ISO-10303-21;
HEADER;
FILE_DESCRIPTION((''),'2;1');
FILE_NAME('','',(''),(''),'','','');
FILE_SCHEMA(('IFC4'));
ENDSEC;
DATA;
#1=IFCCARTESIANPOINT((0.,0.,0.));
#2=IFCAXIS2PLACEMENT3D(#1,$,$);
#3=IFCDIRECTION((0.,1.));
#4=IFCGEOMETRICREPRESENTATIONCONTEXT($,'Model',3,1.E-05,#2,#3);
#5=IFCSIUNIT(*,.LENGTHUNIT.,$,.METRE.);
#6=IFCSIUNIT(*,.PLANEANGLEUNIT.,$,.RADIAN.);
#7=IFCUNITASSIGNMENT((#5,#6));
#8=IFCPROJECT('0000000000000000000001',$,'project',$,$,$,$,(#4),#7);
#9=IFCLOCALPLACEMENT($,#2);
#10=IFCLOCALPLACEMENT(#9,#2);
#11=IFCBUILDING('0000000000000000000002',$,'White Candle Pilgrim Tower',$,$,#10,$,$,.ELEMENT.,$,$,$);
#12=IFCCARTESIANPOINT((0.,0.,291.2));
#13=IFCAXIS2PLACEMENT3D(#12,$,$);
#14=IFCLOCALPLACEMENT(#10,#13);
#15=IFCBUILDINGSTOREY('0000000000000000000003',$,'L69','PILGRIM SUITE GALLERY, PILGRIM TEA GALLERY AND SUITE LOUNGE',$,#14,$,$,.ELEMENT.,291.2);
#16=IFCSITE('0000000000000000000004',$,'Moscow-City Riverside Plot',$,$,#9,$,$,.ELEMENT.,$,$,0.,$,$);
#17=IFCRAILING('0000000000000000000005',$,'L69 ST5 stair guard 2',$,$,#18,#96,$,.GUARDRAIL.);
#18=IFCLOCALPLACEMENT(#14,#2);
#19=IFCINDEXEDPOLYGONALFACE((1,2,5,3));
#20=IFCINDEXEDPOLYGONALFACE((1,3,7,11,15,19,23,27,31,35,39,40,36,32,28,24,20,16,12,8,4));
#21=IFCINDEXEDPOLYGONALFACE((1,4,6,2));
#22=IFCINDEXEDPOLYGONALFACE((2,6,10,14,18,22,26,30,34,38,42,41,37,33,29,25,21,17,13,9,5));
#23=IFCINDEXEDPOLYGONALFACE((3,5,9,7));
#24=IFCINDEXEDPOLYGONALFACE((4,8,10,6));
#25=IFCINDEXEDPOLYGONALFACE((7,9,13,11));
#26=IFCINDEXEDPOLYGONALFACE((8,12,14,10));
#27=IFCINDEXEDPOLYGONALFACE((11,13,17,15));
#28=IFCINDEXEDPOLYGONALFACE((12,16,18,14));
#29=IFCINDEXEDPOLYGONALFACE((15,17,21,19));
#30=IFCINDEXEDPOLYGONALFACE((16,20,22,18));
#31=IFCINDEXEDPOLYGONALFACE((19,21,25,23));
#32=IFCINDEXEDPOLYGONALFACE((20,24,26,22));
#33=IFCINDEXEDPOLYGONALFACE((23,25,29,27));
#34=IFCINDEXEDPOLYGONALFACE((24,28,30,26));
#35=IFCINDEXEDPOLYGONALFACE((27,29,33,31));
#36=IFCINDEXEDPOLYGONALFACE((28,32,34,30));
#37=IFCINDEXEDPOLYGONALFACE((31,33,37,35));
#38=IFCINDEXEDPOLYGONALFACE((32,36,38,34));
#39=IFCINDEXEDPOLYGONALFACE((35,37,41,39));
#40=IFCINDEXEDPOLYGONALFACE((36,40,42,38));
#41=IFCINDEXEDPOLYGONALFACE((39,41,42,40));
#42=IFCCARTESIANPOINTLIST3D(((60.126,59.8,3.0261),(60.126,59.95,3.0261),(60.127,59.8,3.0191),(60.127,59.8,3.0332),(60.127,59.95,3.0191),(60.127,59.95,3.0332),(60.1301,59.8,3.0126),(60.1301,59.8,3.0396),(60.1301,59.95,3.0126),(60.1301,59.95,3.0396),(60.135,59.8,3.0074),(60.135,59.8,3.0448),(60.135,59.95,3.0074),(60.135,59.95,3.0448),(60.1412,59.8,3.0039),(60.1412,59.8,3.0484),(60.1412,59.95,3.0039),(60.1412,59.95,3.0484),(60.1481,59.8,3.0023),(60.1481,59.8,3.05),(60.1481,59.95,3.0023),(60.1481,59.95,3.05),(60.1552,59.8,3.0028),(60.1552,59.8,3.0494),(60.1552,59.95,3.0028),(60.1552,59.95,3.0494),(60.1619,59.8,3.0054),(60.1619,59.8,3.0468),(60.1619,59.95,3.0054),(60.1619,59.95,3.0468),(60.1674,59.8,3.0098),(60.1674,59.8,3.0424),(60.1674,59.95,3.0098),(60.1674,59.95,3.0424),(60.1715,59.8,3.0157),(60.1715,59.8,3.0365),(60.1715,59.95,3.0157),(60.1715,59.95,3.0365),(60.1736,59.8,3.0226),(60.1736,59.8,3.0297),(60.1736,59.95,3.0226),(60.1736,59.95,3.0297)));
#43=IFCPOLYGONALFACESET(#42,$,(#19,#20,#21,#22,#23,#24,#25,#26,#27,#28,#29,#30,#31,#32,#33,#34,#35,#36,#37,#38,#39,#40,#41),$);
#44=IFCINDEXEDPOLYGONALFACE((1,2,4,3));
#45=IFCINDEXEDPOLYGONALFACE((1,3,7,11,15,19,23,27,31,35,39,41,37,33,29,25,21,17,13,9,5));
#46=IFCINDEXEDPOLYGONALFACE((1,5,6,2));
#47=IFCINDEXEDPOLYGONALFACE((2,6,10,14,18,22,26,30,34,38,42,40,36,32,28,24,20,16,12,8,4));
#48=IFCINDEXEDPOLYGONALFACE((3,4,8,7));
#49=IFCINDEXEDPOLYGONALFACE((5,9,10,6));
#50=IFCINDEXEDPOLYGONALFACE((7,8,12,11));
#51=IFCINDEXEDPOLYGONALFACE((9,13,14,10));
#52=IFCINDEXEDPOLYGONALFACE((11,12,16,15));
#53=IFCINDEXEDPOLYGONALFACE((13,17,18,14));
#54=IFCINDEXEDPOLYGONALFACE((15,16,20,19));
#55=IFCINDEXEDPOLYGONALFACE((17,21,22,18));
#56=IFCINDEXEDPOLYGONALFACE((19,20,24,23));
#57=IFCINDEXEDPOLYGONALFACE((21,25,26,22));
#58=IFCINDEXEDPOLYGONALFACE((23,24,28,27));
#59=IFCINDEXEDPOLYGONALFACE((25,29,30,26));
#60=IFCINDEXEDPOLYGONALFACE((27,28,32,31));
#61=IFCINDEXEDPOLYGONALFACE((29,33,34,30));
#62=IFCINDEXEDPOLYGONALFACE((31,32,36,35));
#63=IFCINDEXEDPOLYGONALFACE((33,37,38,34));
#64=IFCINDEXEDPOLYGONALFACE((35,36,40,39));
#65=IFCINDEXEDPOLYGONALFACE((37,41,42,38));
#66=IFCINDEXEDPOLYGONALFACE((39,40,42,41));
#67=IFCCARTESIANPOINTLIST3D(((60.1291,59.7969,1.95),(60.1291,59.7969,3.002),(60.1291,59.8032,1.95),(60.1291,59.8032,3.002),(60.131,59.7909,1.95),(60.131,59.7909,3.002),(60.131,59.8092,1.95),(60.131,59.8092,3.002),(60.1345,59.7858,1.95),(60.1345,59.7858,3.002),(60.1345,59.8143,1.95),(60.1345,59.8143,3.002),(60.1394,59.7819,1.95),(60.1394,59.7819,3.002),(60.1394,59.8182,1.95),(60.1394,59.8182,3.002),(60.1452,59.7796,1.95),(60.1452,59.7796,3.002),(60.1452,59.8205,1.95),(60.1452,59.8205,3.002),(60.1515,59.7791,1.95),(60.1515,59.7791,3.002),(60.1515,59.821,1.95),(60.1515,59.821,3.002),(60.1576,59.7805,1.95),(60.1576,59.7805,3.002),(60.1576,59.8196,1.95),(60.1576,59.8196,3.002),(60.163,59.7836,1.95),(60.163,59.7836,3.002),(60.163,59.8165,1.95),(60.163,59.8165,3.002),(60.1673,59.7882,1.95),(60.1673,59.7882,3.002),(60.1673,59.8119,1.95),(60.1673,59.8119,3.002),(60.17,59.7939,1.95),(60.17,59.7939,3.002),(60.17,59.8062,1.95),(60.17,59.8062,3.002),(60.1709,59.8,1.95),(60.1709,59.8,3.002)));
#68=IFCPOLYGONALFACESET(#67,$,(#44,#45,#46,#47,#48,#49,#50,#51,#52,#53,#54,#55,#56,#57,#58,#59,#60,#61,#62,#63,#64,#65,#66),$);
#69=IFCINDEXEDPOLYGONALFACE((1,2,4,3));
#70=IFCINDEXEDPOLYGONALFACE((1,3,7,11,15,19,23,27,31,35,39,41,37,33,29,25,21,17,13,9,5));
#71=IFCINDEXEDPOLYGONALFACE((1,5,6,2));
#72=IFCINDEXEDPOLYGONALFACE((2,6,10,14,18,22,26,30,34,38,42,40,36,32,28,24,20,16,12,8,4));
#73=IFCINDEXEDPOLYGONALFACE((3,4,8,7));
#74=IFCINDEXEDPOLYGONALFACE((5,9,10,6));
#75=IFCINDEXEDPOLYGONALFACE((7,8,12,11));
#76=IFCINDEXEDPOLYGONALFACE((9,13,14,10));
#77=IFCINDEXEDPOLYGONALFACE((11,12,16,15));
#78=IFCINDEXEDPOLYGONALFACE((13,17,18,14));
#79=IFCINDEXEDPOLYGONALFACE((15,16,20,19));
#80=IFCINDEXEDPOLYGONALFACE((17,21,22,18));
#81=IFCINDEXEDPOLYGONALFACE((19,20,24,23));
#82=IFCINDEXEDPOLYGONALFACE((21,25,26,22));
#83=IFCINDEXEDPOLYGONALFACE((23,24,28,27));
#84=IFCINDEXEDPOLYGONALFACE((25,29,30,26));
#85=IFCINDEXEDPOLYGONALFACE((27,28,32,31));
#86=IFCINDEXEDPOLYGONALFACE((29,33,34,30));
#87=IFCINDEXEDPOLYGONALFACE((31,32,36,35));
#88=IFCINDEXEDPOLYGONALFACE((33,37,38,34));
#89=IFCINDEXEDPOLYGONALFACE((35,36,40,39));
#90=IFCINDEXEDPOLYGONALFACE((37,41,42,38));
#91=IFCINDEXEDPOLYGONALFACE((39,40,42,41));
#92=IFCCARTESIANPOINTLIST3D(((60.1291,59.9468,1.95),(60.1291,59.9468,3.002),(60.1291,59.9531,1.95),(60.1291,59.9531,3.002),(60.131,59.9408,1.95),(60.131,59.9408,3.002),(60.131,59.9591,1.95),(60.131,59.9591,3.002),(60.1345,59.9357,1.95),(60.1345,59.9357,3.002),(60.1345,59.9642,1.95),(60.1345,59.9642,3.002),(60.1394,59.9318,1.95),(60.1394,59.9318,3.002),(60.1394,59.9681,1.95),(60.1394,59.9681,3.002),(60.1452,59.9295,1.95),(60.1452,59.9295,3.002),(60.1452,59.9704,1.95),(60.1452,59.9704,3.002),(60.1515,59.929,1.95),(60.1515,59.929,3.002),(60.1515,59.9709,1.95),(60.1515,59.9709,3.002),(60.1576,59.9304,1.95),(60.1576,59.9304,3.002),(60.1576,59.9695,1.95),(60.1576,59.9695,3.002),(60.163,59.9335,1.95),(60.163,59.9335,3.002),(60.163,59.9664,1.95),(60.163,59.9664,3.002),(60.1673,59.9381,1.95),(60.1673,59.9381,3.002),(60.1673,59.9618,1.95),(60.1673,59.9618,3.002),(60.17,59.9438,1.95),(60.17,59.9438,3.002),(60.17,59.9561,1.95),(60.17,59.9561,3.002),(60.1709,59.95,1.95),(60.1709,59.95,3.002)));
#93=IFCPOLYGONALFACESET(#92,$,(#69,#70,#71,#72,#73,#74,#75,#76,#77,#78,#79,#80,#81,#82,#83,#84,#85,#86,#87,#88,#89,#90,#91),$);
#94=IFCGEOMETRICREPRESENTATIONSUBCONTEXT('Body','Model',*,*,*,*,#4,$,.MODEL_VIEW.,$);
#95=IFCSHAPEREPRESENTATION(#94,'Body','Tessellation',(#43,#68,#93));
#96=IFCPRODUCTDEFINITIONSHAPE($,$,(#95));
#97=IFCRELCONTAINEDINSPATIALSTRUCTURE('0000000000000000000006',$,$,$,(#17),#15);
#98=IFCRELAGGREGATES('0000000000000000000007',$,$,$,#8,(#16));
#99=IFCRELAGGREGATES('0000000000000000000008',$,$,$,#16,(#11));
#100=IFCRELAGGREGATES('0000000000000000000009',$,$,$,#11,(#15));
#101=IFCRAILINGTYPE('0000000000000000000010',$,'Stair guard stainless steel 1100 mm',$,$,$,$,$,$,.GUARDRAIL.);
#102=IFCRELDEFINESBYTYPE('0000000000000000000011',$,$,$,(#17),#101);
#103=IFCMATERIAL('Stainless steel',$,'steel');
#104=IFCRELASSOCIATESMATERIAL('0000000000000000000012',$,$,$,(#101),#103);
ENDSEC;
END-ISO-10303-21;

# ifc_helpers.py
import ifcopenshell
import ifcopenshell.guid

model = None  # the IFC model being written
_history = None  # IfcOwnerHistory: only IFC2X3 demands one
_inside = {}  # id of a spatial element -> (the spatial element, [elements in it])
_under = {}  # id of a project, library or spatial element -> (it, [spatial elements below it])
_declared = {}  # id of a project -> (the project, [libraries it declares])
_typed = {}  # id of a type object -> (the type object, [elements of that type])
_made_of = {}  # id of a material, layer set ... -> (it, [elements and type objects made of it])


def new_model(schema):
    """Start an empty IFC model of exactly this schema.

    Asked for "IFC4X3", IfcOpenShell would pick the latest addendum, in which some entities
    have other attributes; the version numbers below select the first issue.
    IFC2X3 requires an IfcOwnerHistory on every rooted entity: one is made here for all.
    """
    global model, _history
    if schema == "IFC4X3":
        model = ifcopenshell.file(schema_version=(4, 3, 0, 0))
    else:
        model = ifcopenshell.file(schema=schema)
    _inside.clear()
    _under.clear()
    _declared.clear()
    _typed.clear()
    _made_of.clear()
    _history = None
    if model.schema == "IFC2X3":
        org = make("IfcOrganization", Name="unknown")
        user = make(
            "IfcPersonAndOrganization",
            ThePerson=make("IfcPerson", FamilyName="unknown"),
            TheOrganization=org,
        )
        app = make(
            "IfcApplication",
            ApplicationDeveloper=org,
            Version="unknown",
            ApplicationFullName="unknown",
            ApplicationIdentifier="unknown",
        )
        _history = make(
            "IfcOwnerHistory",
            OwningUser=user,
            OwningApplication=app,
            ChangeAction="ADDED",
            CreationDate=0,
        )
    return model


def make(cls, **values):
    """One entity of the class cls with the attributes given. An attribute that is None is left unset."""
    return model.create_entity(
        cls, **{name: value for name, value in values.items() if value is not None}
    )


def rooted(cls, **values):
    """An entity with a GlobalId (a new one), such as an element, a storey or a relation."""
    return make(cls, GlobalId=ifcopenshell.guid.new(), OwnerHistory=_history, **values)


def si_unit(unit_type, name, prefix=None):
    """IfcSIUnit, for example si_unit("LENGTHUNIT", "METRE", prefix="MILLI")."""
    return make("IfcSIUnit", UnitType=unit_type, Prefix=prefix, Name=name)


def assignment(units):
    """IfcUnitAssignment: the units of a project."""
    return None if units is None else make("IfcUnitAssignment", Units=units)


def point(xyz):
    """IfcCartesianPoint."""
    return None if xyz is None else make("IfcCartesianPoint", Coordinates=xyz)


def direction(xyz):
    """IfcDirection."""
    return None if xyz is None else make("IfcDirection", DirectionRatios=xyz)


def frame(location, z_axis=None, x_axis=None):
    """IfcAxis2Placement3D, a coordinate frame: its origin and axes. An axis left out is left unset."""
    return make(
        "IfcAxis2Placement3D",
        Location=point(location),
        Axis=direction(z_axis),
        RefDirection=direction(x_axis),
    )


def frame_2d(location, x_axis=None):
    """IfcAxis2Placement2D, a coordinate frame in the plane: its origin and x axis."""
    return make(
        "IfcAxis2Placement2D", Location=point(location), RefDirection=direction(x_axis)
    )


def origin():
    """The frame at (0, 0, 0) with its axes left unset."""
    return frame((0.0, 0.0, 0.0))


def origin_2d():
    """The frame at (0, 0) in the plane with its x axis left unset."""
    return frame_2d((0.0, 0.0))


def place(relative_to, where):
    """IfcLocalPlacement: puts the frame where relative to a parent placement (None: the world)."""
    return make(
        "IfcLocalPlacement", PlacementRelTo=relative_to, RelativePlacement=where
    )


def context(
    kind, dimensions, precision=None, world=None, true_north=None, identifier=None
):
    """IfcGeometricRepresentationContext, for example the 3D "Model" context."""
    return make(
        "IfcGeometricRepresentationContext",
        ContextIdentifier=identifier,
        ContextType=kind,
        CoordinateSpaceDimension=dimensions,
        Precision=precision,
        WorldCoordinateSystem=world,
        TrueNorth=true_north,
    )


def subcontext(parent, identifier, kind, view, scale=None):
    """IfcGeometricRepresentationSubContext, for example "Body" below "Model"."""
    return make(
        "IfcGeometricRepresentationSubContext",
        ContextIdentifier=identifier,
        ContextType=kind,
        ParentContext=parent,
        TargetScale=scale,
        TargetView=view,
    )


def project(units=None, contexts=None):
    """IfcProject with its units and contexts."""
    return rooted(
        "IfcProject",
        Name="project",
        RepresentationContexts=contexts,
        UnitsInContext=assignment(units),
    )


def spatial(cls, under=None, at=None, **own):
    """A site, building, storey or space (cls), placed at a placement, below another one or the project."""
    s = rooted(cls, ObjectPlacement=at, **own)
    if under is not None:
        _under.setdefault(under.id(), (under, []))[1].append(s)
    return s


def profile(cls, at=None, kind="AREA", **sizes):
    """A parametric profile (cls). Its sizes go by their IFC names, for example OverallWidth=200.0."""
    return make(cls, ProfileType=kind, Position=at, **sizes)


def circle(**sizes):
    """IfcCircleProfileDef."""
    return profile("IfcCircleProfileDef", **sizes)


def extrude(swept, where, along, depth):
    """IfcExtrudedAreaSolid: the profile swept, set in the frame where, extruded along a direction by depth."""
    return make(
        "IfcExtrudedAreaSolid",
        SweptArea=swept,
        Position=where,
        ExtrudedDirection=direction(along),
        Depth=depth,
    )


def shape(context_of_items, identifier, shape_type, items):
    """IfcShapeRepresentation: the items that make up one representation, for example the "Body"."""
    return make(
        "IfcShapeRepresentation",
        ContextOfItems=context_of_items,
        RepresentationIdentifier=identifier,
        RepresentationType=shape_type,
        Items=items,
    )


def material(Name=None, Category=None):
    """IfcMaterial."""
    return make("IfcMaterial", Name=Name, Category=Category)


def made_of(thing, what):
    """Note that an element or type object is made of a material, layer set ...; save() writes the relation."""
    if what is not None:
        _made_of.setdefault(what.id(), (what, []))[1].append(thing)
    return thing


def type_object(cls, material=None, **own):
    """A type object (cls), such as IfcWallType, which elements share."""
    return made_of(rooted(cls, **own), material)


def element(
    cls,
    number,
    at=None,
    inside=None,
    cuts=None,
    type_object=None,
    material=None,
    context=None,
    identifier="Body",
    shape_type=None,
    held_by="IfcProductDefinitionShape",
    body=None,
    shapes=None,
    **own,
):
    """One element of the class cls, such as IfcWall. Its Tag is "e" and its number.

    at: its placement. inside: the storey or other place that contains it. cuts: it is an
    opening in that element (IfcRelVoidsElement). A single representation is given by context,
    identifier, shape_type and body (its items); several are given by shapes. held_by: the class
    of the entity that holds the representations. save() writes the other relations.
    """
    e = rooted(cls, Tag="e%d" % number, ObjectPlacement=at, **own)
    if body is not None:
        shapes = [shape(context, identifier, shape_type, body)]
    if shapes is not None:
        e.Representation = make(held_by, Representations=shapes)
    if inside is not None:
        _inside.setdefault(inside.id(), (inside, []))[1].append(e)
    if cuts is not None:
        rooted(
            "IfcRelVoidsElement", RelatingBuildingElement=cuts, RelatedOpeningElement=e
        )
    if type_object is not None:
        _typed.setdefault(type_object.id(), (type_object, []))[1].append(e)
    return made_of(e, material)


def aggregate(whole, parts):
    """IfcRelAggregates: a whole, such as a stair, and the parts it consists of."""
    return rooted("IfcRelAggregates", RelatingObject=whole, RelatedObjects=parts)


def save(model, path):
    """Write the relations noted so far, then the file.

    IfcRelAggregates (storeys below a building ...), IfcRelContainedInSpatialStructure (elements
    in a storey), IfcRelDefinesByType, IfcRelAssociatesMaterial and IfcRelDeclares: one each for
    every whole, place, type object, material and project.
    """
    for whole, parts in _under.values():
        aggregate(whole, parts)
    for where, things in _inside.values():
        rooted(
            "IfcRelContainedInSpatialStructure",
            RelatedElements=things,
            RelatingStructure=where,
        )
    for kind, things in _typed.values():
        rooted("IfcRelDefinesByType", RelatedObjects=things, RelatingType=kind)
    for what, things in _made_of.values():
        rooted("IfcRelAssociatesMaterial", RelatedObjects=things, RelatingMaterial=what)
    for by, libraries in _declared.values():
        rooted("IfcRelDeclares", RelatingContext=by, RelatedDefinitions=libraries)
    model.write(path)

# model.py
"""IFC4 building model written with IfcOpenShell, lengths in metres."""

from ifc_helpers import new_model, si_unit, direction, frame, origin, origin_2d, place, context, subcontext, project, spatial, circle, extrude, material, type_object, element, save


model = new_model("IFC4")

# Units and contexts
model_context = context("Model", 3, precision=1e-05, world=origin(), true_north=direction((0.0, 1.0)))
body_context = subcontext(model_context, "Body", "Model", "MODEL_VIEW")
ifc_project = project(units=[si_unit("LENGTHUNIT", "METRE"), si_unit("PLANEANGLEUNIT", "RADIAN")], contexts=[model_context])

# Site, building, storey
site_placement = place(None, origin())
site = spatial("IfcSite", under=ifc_project, at=site_placement, Name="Moscow-City Riverside Plot", CompositionType="ELEMENT", RefElevation=0.0)
building_placement = place(site_placement, origin())
building = spatial("IfcBuilding", under=site, at=building_placement, Name="White Candle Pilgrim Tower", CompositionType="ELEMENT")
storey_placement = place(building_placement, frame((0.0, 0.0, 291.2)))
storey = spatial("IfcBuildingStorey", under=building, at=storey_placement, Name="L69", Description="PILGRIM SUITE GALLERY, PILGRIM TEA GALLERY AND SUITE LOUNGE", CompositionType="ELEMENT", Elevation=291.2)

# Railing
ifc_material_1 = material(Name="Stainless steel", Category="steel")
railing_type_1 = type_object("IfcRailingType", Name="Stair guard stainless steel 1100 mm", PredefinedType="GUARDRAIL", material=ifc_material_1)
railing_1_placement = place(storey_placement, frame((60.1499, 59.8, 1.95)))
element("IfcRailing", 1, at=railing_1_placement, inside=storey, type_object=railing_type_1, Name="L69 ST5 stair guard 2", PredefinedType="GUARDRAIL", context=body_context, shape_type="SweptSolid", body=[
    extrude(circle(Radius=0.0239, at=origin_2d()), frame((0.0, 0.0, 1.0762), z_axis=(0.0, 1.0, 0.0), x_axis=(-1.0, 0.0, 0.0)), (0.0, 0.0, 1.0), 0.1499),
    extrude(circle(Radius=0.021, at=origin_2d()), origin(), (0.0, 0.0, 1.0), 1.052),
    extrude(circle(Radius=0.021, at=origin_2d()), frame((0.0, 0.1499, 0.0)), (0.0, 0.0, 1.0), 1.052),
])

save(model, "model.ifc")
